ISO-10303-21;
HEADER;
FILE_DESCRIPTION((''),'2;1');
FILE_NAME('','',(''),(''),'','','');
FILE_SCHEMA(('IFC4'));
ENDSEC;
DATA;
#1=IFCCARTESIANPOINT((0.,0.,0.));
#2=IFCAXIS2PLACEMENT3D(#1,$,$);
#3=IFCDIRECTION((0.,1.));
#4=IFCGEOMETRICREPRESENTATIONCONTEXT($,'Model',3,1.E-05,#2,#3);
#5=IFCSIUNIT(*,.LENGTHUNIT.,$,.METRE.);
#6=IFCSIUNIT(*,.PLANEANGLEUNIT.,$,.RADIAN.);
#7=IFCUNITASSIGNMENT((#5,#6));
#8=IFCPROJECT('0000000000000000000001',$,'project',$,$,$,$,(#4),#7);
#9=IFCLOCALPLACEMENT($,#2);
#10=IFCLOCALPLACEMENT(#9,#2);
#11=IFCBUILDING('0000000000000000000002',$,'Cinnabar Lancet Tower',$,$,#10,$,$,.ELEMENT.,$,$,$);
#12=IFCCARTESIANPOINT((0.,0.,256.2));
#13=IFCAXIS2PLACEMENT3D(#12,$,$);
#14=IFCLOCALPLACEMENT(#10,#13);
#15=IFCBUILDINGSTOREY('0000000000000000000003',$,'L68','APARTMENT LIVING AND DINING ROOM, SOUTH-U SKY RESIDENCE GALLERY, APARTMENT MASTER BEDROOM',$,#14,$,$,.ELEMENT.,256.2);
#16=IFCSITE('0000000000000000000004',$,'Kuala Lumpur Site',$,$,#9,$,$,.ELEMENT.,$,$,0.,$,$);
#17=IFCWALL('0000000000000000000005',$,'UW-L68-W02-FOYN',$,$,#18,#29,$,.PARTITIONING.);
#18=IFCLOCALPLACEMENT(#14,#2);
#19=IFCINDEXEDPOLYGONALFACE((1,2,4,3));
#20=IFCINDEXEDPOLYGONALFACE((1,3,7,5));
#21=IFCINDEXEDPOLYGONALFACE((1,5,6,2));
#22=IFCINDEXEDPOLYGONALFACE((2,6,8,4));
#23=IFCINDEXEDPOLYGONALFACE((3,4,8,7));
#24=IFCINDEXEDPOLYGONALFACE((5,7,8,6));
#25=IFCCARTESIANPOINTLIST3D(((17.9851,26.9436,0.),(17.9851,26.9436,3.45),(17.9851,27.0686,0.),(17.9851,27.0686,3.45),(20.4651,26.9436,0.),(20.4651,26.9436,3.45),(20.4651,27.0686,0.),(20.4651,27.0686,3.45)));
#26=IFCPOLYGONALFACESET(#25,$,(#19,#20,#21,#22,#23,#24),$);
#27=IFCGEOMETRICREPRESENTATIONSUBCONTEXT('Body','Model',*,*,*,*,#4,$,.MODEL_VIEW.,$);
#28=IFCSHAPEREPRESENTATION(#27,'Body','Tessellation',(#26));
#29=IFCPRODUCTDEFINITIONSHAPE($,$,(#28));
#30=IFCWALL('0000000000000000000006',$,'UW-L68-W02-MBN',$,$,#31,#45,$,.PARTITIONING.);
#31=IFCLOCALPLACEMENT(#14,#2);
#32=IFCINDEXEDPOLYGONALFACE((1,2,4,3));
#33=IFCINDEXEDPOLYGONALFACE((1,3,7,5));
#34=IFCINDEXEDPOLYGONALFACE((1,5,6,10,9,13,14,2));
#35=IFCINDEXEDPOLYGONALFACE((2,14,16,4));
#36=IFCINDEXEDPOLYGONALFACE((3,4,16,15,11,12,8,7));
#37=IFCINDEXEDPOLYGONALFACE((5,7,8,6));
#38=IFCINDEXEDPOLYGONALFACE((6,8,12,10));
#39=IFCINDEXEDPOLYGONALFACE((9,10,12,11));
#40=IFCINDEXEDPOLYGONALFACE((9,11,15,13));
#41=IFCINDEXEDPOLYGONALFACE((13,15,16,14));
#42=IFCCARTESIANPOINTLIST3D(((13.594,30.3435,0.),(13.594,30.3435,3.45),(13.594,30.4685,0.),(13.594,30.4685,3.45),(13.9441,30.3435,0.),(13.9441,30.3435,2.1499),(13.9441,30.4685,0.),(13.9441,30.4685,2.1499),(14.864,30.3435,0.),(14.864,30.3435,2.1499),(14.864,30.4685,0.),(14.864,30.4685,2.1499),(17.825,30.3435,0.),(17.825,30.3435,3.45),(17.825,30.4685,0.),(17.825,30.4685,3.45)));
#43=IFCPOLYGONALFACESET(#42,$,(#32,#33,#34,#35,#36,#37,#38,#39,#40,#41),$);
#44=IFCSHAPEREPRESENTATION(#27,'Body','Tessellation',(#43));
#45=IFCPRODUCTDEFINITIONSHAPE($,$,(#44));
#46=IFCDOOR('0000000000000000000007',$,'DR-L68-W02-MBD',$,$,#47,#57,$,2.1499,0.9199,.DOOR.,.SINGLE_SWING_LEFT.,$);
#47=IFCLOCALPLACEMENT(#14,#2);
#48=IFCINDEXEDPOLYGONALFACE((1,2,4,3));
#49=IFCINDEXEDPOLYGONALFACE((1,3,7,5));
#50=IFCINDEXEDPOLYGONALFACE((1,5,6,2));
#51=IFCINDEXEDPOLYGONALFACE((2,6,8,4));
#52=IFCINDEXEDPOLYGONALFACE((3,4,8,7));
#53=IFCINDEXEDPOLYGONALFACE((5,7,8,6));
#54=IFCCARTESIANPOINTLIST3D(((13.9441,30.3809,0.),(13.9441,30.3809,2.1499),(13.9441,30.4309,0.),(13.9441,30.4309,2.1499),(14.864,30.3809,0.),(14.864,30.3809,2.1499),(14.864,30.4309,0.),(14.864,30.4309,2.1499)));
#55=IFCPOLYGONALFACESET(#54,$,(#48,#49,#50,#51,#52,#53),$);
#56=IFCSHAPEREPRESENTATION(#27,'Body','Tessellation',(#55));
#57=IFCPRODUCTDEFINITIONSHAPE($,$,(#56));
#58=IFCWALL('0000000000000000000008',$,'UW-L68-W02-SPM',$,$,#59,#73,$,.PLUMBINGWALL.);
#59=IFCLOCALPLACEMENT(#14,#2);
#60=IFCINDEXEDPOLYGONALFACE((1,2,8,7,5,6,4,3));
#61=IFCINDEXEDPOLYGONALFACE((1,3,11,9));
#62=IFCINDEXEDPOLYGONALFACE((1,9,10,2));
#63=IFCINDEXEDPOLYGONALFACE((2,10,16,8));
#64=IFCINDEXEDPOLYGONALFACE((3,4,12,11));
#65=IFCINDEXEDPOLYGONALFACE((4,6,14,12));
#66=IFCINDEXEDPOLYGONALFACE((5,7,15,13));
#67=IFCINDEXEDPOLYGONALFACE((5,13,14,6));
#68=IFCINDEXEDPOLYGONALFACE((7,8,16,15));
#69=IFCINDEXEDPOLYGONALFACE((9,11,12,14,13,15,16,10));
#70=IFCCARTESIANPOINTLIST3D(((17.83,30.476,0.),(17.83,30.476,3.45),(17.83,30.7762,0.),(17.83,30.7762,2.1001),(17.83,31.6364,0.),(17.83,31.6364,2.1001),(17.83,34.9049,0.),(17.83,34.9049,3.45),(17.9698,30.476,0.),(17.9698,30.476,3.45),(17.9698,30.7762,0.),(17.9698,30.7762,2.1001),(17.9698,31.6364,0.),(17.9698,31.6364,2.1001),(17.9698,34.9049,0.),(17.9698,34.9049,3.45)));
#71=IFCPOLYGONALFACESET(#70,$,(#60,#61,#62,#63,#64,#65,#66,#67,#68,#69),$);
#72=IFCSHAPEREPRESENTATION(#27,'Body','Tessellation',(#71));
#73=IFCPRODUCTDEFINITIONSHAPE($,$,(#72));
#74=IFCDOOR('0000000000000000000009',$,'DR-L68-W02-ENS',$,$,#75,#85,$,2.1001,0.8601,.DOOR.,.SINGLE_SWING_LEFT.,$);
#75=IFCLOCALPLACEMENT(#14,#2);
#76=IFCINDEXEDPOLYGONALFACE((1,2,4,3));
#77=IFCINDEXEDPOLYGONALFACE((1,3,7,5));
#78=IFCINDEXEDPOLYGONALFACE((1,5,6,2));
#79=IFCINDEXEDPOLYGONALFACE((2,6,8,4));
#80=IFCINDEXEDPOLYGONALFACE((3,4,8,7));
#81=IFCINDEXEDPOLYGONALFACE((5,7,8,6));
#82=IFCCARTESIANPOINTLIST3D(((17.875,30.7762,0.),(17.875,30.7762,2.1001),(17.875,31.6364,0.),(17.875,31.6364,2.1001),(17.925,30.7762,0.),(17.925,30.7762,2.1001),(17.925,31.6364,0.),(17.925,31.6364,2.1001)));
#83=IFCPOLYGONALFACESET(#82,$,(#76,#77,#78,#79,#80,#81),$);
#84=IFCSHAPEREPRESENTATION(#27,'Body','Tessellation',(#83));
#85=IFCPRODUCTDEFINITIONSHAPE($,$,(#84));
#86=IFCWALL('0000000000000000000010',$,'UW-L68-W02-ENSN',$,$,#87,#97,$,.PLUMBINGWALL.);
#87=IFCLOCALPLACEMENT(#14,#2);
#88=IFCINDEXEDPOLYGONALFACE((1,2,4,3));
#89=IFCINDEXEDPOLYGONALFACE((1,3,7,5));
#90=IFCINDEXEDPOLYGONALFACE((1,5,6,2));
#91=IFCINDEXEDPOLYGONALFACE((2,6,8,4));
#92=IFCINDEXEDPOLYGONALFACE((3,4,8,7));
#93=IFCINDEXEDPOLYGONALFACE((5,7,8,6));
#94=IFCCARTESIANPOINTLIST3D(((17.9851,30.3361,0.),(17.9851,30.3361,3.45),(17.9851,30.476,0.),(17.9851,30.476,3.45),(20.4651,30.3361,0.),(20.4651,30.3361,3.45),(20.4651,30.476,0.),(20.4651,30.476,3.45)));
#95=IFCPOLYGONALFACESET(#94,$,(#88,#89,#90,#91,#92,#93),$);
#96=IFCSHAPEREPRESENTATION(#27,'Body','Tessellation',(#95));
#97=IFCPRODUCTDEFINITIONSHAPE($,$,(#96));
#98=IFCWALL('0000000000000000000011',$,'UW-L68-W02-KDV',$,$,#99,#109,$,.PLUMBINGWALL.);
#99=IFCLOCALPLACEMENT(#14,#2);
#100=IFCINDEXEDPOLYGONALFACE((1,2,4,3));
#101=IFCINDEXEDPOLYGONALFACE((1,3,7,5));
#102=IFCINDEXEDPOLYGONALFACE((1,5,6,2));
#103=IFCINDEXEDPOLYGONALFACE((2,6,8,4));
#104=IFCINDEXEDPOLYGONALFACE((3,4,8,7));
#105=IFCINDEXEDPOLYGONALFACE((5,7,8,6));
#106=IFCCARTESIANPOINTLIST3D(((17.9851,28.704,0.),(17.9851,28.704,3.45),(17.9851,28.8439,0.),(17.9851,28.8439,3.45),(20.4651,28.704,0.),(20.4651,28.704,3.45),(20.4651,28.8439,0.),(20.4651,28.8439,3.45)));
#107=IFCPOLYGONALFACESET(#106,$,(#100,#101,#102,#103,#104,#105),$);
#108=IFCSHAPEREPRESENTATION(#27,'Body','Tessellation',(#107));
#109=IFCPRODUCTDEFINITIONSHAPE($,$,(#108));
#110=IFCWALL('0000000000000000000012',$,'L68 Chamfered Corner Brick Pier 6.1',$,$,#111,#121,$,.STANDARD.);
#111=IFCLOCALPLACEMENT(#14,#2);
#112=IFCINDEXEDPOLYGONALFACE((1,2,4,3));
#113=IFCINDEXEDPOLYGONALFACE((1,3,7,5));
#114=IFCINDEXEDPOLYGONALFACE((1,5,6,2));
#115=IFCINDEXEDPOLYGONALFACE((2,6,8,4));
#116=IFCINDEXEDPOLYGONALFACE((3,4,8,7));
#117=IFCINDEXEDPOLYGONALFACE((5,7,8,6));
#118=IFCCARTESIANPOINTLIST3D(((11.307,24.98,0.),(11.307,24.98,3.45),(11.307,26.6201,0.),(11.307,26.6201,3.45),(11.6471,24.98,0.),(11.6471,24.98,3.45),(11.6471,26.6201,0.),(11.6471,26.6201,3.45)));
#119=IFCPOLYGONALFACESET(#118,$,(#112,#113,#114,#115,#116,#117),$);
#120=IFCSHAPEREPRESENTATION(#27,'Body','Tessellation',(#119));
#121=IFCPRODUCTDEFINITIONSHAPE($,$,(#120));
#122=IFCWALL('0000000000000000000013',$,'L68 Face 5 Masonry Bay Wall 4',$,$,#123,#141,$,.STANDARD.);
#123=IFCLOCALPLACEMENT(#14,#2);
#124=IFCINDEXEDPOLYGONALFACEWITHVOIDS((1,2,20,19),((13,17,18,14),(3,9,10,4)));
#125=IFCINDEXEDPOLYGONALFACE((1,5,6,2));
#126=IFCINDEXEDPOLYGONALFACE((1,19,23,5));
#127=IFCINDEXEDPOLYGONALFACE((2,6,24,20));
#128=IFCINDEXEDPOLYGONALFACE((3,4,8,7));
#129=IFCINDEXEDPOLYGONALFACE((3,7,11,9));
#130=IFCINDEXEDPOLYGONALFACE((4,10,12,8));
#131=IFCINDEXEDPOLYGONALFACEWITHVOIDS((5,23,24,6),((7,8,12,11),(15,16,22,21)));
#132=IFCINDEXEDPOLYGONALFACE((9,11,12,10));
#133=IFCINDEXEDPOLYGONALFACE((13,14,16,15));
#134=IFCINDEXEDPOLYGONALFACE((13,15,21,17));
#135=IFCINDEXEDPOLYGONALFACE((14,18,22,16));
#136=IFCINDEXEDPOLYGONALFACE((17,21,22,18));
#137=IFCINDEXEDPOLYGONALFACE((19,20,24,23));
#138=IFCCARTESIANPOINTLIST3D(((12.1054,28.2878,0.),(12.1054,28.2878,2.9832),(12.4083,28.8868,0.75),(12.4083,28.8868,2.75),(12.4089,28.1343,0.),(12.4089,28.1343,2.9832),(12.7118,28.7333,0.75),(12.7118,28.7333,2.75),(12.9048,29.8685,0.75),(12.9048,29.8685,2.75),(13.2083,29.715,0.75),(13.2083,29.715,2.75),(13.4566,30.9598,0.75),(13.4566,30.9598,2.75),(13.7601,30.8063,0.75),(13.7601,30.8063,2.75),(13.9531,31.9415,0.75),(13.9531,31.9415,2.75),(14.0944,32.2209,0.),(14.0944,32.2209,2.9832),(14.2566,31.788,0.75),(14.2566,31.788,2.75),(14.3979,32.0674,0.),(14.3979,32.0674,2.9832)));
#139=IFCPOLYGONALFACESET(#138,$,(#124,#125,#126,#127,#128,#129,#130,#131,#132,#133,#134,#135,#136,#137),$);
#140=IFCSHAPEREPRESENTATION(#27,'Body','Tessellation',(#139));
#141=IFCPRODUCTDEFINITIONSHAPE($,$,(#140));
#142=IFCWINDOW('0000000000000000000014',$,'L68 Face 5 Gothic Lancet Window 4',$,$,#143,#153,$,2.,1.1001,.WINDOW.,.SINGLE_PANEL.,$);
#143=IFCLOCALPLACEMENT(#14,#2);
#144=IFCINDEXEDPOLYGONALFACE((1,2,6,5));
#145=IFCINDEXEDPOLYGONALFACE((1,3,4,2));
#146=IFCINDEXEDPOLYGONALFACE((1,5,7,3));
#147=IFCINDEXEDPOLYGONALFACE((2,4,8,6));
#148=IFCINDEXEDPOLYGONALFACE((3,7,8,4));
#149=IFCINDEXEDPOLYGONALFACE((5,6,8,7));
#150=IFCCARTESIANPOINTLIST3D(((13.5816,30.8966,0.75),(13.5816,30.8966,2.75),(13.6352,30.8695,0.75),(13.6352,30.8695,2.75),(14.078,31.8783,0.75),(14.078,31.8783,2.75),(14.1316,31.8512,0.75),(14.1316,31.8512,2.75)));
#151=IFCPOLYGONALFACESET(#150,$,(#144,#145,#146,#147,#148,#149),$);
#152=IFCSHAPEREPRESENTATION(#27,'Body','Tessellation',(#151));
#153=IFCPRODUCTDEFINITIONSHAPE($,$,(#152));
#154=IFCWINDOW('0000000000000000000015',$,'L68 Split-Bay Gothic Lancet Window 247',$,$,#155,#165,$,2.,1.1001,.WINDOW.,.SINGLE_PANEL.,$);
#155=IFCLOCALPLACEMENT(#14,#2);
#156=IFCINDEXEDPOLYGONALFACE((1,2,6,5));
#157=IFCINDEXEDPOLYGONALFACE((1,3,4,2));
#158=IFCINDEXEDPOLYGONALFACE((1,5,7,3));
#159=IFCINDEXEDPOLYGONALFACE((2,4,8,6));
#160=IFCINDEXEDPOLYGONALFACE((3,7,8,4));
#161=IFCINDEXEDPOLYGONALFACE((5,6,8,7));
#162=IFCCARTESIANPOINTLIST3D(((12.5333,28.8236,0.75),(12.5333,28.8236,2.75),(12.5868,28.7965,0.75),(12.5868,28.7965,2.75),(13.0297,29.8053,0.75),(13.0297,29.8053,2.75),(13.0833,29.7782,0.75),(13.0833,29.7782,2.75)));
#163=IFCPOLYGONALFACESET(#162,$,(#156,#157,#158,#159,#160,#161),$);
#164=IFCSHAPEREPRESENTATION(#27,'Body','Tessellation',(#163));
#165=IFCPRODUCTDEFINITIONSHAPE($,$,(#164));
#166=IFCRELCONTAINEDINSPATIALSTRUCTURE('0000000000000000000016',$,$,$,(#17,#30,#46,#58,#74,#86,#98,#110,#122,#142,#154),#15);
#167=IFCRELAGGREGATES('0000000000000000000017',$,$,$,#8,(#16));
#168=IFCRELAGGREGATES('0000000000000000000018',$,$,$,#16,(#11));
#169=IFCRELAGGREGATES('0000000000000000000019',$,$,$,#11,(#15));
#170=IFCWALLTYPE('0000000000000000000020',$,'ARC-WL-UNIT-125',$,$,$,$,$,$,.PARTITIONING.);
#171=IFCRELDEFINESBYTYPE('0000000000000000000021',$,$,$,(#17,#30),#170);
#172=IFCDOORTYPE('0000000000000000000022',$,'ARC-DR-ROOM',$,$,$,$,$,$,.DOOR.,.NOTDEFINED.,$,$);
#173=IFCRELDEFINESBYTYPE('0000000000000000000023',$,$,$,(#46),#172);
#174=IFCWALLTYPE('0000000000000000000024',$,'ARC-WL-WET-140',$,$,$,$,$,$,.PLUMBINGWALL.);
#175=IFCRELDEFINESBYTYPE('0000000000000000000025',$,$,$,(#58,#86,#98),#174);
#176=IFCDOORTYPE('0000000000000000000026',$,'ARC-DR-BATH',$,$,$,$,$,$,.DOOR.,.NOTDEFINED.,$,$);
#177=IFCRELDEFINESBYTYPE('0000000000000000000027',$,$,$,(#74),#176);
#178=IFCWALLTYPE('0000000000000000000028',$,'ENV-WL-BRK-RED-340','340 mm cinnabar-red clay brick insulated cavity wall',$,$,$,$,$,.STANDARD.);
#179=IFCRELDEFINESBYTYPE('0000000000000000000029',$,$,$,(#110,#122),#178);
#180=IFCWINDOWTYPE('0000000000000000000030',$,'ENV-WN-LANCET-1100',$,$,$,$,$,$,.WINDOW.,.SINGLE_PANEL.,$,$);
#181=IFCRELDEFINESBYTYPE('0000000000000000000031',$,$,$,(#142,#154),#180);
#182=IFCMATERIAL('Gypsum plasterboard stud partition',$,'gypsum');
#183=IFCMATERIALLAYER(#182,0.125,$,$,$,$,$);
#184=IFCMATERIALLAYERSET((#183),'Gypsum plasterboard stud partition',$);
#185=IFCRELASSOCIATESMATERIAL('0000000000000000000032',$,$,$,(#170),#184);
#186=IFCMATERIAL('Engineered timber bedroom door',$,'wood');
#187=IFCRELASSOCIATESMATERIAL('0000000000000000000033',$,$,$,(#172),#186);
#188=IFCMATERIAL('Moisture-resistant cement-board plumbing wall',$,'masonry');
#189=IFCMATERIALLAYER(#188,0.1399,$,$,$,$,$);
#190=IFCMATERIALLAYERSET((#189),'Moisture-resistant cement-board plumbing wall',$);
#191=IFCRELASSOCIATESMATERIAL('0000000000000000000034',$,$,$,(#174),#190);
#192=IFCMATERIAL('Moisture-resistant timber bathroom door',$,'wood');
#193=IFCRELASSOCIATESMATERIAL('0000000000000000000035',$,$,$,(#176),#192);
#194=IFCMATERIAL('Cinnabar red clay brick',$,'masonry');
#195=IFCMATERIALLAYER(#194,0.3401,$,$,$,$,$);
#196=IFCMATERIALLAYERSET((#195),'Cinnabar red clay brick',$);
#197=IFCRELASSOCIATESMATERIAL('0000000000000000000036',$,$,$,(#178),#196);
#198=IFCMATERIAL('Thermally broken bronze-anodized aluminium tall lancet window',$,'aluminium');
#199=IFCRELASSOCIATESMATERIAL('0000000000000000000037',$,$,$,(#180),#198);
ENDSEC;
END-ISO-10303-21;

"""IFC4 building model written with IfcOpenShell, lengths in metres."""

from ifc_helpers import new_model, si_unit, direction, frame, frame_2d, origin, place, context, subcontext, project, spatial, rectangle, extrude, material, layer, layer_set, type_object, element, fill, save


model = new_model("IFC4")

# Units and contexts
model_context = context("Model", 3, precision=1e-05, world=origin(), true_north=direction((0.0, 1.0)))
body_context = subcontext(model_context, "Body", "Model", "MODEL_VIEW")
ifc_project = project(units=[si_unit("LENGTHUNIT", "METRE"), si_unit("PLANEANGLEUNIT", "RADIAN")], contexts=[model_context])

# Site, building, storey
site_placement = place(None, origin())
site = spatial("IfcSite", under=ifc_project, at=site_placement, Name="Kuala Lumpur Site", CompositionType="ELEMENT", RefElevation=0.0)
building_placement = place(site_placement, origin())
building = spatial("IfcBuilding", under=site, at=building_placement, Name="Cinnabar Lancet Tower", CompositionType="ELEMENT")
storey_placement = place(building_placement, frame((0.0, 0.0, 256.2)))
storey = spatial("IfcBuildingStorey", under=building, at=storey_placement, Name="L68", Description="APARTMENT LIVING AND DINING ROOM, SOUTH-U SKY RESIDENCE GALLERY, APARTMENT MASTER BEDROOM", CompositionType="ELEMENT", Elevation=256.2)

# Wall
ifc_material_1 = material(Name="Gypsum plasterboard stud partition", Category="gypsum")
ifc_layer_1 = layer(ifc_material_1, 0.125)
ifc_layer_set_1 = layer_set([ifc_layer_1], Name="Gypsum plasterboard stud partition")
wall_type_1 = type_object("IfcWallType", Name="ARC-WL-UNIT-125", PredefinedType="PARTITIONING", material=ifc_layer_set_1)
wall_1_placement = place(storey_placement, frame((17.9851, 27.0061, 0.0), z_axis=(0.0, 0.0, 1.0), x_axis=(1.0, 0.0, 0.0)))
element("IfcWall", 1, at=wall_1_placement, inside=storey, type_object=wall_type_1, Name="UW-L68-W02-FOYN", PredefinedType="PARTITIONING", context=body_context, shape_type="SweptSolid", body=[
    extrude(rectangle(XDim=2.48, YDim=0.125, at=frame_2d((1.24, 0.0))), origin(), (0.0, 0.0, 1.0), 3.45),
])

# Wall, opening, door
wall_2_placement = place(storey_placement, frame((13.594, 30.406, 0.0), z_axis=(0.0, 0.0, 1.0), x_axis=(1.0, 0.0, 0.0)))
wall_2 = element("IfcWall", 2, at=wall_2_placement, inside=storey, type_object=wall_type_1, Name="UW-L68-W02-MBN", PredefinedType="PARTITIONING", context=body_context, shape_type="SweptSolid", body=[
    extrude(rectangle(XDim=4.231, YDim=0.125, at=frame_2d((2.1155, 0.0))), origin(), (0.0, 0.0, 1.0), 3.45),
])
opening_1_placement = place(wall_2_placement, frame((0.3501, 0.0, 0.0)))
opening_1 = element("IfcOpeningElement", 3, at=opening_1_placement, cuts=wall_2, PredefinedType="OPENING", context=body_context, shape_type="SweptSolid", body=[
    extrude(rectangle(XDim=0.9199, YDim=2.1499, at=frame_2d((0.46, 1.075))), frame((0.0, 0.0725, 0.0), z_axis=(0.0, -1.0, 0.0), x_axis=(1.0, 0.0, 0.0)), (0.0, 0.0, 1.0), 0.145),
])
ifc_material_2 = material(Name="Engineered timber bedroom door", Category="wood")
door_type_1 = type_object("IfcDoorType", Name="ARC-DR-ROOM", OperationType="NOTDEFINED", PredefinedType="DOOR", material=ifc_material_2)
door_1_placement = place(opening_1_placement, origin())
door_1 = element("IfcDoor", 4, at=door_1_placement, inside=storey, type_object=door_type_1, Name="DR-L68-W02-MBD", OperationType="SINGLE_SWING_LEFT", OverallHeight=2.1499, OverallWidth=0.9199, PredefinedType="DOOR", context=body_context, shape_type="SweptSolid", body=[
    extrude(rectangle(XDim=0.9199, YDim=2.1499, at=frame_2d((0.46, 1.075))), frame((0.0, 0.0249, 0.0), z_axis=(0.0, -1.0, 0.0), x_axis=(1.0, 0.0, 0.0)), (0.0, 0.0, 1.0), 0.05),
])
fill(opening_1, door_1)

# Shared definitions
ifc_material_3 = material(Name="Moisture-resistant cement-board plumbing wall", Category="masonry")
ifc_layer_2 = layer(ifc_material_3, 0.1399)
ifc_layer_set_2 = layer_set([ifc_layer_2], Name="Moisture-resistant cement-board plumbing wall")
wall_type_2 = type_object("IfcWallType", Name="ARC-WL-WET-140", PredefinedType="PLUMBINGWALL", material=ifc_layer_set_2)
ifc_material_4 = material(Name="Moisture-resistant timber bathroom door", Category="wood")
door_type_2 = type_object("IfcDoorType", Name="ARC-DR-BATH", OperationType="NOTDEFINED", PredefinedType="DOOR", material=ifc_material_4)

# Wall, opening, door
wall_3_placement = place(storey_placement, frame((17.8999, 30.4761, 0.0), z_axis=(0.0, 0.0, 1.0), x_axis=(0.0, 1.0, 0.0)))
wall_3 = element("IfcWall", 5, at=wall_3_placement, inside=storey, type_object=wall_type_2, Name="UW-L68-W02-SPM", PredefinedType="PLUMBINGWALL", context=body_context, shape_type="SweptSolid", body=[
    extrude(rectangle(XDim=4.429, YDim=0.1399, at=frame_2d((2.2144, 0.0))), origin(), (0.0, 0.0, 1.0), 3.45),
])
opening_2_placement = place(wall_3_placement, frame((0.3, 0.0, 0.0)))
opening_2 = element("IfcOpeningElement", 6, at=opening_2_placement, cuts=wall_3, PredefinedType="OPENING", context=body_context, shape_type="SweptSolid", body=[
    extrude(rectangle(XDim=0.8601, YDim=2.1001, at=frame_2d((0.4302, 1.05))), frame((0.0, 0.0798, 0.0), z_axis=(0.0, -1.0, 0.0), x_axis=(1.0, 0.0, 0.0)), (0.0, 0.0, 1.0), 0.1599),
])
door_2_placement = place(opening_2_placement, origin())
door_2 = element("IfcDoor", 7, at=door_2_placement, inside=storey, type_object=door_type_2, Name="DR-L68-W02-ENS", OperationType="SINGLE_SWING_LEFT", OverallHeight=2.1001, OverallWidth=0.8601, PredefinedType="DOOR", context=body_context, shape_type="SweptSolid", body=[
    extrude(rectangle(XDim=0.8601, YDim=2.1001, at=frame_2d((0.4302, 1.05))), frame((0.0, 0.0249, 0.0), z_axis=(0.0, -1.0, 0.0), x_axis=(1.0, 0.0, 0.0)), (0.0, 0.0, 1.0), 0.05),
])
fill(opening_2, door_2)

# Walls
for number, where, z_axis, x_axis, name in (
    (8, (17.9851, 30.406, 0.0), (0.0, 0.0, 1.0), (1.0, 0.0, 0.0), "UW-L68-W02-ENSN"),
    (9, (17.9851, 28.7739, 0.0), (0.0, 0.0, 1.0), (1.0, 0.0, 0.0), "UW-L68-W02-KDV"),
):
    element("IfcWall", number, at=place(storey_placement, frame(where, z_axis=z_axis, x_axis=x_axis)), inside=storey, type_object=wall_type_2, Name=name, PredefinedType="PLUMBINGWALL", context=body_context, shape_type="SweptSolid", body=[
        extrude(rectangle(XDim=2.48, YDim=0.1399, at=frame_2d((1.24, 0.0))), origin(), (0.0, 0.0, 1.0), 3.45),
    ])
ifc_material_5 = material(Name="Cinnabar red clay brick", Category="masonry")
ifc_layer_3 = layer(ifc_material_5, 0.3401)
ifc_layer_set_3 = layer_set([ifc_layer_3], Name="Cinnabar red clay brick")
wall_type_3 = type_object("IfcWallType", Name="ENV-WL-BRK-RED-340", Description="340 mm cinnabar-red clay brick insulated cavity wall", PredefinedType="STANDARD", material=ifc_layer_set_3)
wall_4_placement = place(storey_placement, frame((11.4771, 26.6201, 0.0), z_axis=(0.0, 0.0, 1.0), x_axis=(0.0, -1.0, 0.0)))
element("IfcWall", 10, at=wall_4_placement, inside=storey, type_object=wall_type_3, Name="L68 Chamfered Corner Brick Pier 6.1", PredefinedType="STANDARD", context=body_context, shape_type="SweptSolid", body=[
    extrude(rectangle(XDim=1.6401, YDim=0.3401, at=frame_2d((0.8201, 0.0))), origin(), (0.0, 0.0, 1.0), 3.45),
])

# Wall, openings, windows
wall_5_placement = place(storey_placement, frame((14.2461, 32.144, 0.0), z_axis=(0.0, 0.0, 1.0), x_axis=(-0.451286, -0.892379, 0.0)))
wall_5 = element("IfcWall", 11, at=wall_5_placement, inside=storey, type_object=wall_type_3, Name="L68 Face 5 Masonry Bay Wall 4", PredefinedType="STANDARD", context=body_context, shape_type="SweptSolid", body=[
    extrude(rectangle(XDim=4.4075, YDim=0.3401, at=frame_2d((2.2036, 0.0))), origin(), (0.0, 0.0, 1.0), 2.9832),
])
opening_3_placement = place(wall_5_placement, frame((0.313, 0.0, 0.75)))
opening_3 = element("IfcOpeningElement", 12, at=opening_3_placement, cuts=wall_5, PredefinedType="OPENING", context=body_context, shape_type="SweptSolid", body=[
    extrude(rectangle(XDim=1.1001, YDim=2.0, at=frame_2d((0.55, 1.0))), frame((0.0, 0.1799, 0.0), z_axis=(0.0, -1.0, 0.0), x_axis=(1.0, 0.0, 0.0)), (0.0, 0.0, 1.0), 0.3601),
])
opening_4_placement = place(wall_5_placement, frame((2.636, 0.0, 0.75)))
opening_4 = element("IfcOpeningElement", 13, at=opening_4_placement, cuts=wall_5, PredefinedType="OPENING", context=body_context, shape_type="SweptSolid", body=[
    extrude(rectangle(XDim=1.1001, YDim=2.0, at=frame_2d((0.55, 1.0))), frame((0.0, 0.1799, 0.0), z_axis=(0.0, -1.0, 0.0), x_axis=(1.0, 0.0, 0.0)), (0.0, 0.0, 1.0), 0.3601),
])
ifc_material_6 = material(Name="Thermally broken bronze-anodized aluminium tall lancet window", Category="aluminium")
window_type = type_object("IfcWindowType", Name="ENV-WN-LANCET-1100", PartitioningType="SINGLE_PANEL", PredefinedType="WINDOW", material=ifc_material_6)
window_1_placement = place(opening_3_placement, origin())
window_1 = element("IfcWindow", 14, at=window_1_placement, inside=storey, type_object=window_type, Name="L68 Face 5 Gothic Lancet Window 4", OverallHeight=2.0, OverallWidth=1.1001, PartitioningType="SINGLE_PANEL", PredefinedType="WINDOW", context=body_context, shape_type="SweptSolid", body=[
    extrude(rectangle(XDim=1.1001, YDim=2.0, at=frame_2d((0.55, 1.0))), frame((0.0, 0.03, 0.0), z_axis=(0.0, -1.0, 0.0), x_axis=(1.0, 0.0, 0.0)), (0.0, 0.0, 1.0), 0.0601),
])
fill(opening_3, window_1)
window_2_placement = place(opening_4_placement, origin())
window_2 = element("IfcWindow", 15, at=window_2_placement, inside=storey, type_object=window_type, Name="L68 Split-Bay Gothic Lancet Window 247", OverallHeight=2.0, OverallWidth=1.1001, PartitioningType="SINGLE_PANEL", PredefinedType="WINDOW", context=body_context, shape_type="SweptSolid", body=[
    extrude(rectangle(XDim=1.1001, YDim=2.0, at=frame_2d((0.55, 1.0))), frame((0.0, 0.03, 0.0), z_axis=(0.0, -1.0, 0.0), x_axis=(1.0, 0.0, 0.0)), (0.0, 0.0, 1.0), 0.0601),
])
fill(opening_4, window_2)

save(model, "model.ifc")
